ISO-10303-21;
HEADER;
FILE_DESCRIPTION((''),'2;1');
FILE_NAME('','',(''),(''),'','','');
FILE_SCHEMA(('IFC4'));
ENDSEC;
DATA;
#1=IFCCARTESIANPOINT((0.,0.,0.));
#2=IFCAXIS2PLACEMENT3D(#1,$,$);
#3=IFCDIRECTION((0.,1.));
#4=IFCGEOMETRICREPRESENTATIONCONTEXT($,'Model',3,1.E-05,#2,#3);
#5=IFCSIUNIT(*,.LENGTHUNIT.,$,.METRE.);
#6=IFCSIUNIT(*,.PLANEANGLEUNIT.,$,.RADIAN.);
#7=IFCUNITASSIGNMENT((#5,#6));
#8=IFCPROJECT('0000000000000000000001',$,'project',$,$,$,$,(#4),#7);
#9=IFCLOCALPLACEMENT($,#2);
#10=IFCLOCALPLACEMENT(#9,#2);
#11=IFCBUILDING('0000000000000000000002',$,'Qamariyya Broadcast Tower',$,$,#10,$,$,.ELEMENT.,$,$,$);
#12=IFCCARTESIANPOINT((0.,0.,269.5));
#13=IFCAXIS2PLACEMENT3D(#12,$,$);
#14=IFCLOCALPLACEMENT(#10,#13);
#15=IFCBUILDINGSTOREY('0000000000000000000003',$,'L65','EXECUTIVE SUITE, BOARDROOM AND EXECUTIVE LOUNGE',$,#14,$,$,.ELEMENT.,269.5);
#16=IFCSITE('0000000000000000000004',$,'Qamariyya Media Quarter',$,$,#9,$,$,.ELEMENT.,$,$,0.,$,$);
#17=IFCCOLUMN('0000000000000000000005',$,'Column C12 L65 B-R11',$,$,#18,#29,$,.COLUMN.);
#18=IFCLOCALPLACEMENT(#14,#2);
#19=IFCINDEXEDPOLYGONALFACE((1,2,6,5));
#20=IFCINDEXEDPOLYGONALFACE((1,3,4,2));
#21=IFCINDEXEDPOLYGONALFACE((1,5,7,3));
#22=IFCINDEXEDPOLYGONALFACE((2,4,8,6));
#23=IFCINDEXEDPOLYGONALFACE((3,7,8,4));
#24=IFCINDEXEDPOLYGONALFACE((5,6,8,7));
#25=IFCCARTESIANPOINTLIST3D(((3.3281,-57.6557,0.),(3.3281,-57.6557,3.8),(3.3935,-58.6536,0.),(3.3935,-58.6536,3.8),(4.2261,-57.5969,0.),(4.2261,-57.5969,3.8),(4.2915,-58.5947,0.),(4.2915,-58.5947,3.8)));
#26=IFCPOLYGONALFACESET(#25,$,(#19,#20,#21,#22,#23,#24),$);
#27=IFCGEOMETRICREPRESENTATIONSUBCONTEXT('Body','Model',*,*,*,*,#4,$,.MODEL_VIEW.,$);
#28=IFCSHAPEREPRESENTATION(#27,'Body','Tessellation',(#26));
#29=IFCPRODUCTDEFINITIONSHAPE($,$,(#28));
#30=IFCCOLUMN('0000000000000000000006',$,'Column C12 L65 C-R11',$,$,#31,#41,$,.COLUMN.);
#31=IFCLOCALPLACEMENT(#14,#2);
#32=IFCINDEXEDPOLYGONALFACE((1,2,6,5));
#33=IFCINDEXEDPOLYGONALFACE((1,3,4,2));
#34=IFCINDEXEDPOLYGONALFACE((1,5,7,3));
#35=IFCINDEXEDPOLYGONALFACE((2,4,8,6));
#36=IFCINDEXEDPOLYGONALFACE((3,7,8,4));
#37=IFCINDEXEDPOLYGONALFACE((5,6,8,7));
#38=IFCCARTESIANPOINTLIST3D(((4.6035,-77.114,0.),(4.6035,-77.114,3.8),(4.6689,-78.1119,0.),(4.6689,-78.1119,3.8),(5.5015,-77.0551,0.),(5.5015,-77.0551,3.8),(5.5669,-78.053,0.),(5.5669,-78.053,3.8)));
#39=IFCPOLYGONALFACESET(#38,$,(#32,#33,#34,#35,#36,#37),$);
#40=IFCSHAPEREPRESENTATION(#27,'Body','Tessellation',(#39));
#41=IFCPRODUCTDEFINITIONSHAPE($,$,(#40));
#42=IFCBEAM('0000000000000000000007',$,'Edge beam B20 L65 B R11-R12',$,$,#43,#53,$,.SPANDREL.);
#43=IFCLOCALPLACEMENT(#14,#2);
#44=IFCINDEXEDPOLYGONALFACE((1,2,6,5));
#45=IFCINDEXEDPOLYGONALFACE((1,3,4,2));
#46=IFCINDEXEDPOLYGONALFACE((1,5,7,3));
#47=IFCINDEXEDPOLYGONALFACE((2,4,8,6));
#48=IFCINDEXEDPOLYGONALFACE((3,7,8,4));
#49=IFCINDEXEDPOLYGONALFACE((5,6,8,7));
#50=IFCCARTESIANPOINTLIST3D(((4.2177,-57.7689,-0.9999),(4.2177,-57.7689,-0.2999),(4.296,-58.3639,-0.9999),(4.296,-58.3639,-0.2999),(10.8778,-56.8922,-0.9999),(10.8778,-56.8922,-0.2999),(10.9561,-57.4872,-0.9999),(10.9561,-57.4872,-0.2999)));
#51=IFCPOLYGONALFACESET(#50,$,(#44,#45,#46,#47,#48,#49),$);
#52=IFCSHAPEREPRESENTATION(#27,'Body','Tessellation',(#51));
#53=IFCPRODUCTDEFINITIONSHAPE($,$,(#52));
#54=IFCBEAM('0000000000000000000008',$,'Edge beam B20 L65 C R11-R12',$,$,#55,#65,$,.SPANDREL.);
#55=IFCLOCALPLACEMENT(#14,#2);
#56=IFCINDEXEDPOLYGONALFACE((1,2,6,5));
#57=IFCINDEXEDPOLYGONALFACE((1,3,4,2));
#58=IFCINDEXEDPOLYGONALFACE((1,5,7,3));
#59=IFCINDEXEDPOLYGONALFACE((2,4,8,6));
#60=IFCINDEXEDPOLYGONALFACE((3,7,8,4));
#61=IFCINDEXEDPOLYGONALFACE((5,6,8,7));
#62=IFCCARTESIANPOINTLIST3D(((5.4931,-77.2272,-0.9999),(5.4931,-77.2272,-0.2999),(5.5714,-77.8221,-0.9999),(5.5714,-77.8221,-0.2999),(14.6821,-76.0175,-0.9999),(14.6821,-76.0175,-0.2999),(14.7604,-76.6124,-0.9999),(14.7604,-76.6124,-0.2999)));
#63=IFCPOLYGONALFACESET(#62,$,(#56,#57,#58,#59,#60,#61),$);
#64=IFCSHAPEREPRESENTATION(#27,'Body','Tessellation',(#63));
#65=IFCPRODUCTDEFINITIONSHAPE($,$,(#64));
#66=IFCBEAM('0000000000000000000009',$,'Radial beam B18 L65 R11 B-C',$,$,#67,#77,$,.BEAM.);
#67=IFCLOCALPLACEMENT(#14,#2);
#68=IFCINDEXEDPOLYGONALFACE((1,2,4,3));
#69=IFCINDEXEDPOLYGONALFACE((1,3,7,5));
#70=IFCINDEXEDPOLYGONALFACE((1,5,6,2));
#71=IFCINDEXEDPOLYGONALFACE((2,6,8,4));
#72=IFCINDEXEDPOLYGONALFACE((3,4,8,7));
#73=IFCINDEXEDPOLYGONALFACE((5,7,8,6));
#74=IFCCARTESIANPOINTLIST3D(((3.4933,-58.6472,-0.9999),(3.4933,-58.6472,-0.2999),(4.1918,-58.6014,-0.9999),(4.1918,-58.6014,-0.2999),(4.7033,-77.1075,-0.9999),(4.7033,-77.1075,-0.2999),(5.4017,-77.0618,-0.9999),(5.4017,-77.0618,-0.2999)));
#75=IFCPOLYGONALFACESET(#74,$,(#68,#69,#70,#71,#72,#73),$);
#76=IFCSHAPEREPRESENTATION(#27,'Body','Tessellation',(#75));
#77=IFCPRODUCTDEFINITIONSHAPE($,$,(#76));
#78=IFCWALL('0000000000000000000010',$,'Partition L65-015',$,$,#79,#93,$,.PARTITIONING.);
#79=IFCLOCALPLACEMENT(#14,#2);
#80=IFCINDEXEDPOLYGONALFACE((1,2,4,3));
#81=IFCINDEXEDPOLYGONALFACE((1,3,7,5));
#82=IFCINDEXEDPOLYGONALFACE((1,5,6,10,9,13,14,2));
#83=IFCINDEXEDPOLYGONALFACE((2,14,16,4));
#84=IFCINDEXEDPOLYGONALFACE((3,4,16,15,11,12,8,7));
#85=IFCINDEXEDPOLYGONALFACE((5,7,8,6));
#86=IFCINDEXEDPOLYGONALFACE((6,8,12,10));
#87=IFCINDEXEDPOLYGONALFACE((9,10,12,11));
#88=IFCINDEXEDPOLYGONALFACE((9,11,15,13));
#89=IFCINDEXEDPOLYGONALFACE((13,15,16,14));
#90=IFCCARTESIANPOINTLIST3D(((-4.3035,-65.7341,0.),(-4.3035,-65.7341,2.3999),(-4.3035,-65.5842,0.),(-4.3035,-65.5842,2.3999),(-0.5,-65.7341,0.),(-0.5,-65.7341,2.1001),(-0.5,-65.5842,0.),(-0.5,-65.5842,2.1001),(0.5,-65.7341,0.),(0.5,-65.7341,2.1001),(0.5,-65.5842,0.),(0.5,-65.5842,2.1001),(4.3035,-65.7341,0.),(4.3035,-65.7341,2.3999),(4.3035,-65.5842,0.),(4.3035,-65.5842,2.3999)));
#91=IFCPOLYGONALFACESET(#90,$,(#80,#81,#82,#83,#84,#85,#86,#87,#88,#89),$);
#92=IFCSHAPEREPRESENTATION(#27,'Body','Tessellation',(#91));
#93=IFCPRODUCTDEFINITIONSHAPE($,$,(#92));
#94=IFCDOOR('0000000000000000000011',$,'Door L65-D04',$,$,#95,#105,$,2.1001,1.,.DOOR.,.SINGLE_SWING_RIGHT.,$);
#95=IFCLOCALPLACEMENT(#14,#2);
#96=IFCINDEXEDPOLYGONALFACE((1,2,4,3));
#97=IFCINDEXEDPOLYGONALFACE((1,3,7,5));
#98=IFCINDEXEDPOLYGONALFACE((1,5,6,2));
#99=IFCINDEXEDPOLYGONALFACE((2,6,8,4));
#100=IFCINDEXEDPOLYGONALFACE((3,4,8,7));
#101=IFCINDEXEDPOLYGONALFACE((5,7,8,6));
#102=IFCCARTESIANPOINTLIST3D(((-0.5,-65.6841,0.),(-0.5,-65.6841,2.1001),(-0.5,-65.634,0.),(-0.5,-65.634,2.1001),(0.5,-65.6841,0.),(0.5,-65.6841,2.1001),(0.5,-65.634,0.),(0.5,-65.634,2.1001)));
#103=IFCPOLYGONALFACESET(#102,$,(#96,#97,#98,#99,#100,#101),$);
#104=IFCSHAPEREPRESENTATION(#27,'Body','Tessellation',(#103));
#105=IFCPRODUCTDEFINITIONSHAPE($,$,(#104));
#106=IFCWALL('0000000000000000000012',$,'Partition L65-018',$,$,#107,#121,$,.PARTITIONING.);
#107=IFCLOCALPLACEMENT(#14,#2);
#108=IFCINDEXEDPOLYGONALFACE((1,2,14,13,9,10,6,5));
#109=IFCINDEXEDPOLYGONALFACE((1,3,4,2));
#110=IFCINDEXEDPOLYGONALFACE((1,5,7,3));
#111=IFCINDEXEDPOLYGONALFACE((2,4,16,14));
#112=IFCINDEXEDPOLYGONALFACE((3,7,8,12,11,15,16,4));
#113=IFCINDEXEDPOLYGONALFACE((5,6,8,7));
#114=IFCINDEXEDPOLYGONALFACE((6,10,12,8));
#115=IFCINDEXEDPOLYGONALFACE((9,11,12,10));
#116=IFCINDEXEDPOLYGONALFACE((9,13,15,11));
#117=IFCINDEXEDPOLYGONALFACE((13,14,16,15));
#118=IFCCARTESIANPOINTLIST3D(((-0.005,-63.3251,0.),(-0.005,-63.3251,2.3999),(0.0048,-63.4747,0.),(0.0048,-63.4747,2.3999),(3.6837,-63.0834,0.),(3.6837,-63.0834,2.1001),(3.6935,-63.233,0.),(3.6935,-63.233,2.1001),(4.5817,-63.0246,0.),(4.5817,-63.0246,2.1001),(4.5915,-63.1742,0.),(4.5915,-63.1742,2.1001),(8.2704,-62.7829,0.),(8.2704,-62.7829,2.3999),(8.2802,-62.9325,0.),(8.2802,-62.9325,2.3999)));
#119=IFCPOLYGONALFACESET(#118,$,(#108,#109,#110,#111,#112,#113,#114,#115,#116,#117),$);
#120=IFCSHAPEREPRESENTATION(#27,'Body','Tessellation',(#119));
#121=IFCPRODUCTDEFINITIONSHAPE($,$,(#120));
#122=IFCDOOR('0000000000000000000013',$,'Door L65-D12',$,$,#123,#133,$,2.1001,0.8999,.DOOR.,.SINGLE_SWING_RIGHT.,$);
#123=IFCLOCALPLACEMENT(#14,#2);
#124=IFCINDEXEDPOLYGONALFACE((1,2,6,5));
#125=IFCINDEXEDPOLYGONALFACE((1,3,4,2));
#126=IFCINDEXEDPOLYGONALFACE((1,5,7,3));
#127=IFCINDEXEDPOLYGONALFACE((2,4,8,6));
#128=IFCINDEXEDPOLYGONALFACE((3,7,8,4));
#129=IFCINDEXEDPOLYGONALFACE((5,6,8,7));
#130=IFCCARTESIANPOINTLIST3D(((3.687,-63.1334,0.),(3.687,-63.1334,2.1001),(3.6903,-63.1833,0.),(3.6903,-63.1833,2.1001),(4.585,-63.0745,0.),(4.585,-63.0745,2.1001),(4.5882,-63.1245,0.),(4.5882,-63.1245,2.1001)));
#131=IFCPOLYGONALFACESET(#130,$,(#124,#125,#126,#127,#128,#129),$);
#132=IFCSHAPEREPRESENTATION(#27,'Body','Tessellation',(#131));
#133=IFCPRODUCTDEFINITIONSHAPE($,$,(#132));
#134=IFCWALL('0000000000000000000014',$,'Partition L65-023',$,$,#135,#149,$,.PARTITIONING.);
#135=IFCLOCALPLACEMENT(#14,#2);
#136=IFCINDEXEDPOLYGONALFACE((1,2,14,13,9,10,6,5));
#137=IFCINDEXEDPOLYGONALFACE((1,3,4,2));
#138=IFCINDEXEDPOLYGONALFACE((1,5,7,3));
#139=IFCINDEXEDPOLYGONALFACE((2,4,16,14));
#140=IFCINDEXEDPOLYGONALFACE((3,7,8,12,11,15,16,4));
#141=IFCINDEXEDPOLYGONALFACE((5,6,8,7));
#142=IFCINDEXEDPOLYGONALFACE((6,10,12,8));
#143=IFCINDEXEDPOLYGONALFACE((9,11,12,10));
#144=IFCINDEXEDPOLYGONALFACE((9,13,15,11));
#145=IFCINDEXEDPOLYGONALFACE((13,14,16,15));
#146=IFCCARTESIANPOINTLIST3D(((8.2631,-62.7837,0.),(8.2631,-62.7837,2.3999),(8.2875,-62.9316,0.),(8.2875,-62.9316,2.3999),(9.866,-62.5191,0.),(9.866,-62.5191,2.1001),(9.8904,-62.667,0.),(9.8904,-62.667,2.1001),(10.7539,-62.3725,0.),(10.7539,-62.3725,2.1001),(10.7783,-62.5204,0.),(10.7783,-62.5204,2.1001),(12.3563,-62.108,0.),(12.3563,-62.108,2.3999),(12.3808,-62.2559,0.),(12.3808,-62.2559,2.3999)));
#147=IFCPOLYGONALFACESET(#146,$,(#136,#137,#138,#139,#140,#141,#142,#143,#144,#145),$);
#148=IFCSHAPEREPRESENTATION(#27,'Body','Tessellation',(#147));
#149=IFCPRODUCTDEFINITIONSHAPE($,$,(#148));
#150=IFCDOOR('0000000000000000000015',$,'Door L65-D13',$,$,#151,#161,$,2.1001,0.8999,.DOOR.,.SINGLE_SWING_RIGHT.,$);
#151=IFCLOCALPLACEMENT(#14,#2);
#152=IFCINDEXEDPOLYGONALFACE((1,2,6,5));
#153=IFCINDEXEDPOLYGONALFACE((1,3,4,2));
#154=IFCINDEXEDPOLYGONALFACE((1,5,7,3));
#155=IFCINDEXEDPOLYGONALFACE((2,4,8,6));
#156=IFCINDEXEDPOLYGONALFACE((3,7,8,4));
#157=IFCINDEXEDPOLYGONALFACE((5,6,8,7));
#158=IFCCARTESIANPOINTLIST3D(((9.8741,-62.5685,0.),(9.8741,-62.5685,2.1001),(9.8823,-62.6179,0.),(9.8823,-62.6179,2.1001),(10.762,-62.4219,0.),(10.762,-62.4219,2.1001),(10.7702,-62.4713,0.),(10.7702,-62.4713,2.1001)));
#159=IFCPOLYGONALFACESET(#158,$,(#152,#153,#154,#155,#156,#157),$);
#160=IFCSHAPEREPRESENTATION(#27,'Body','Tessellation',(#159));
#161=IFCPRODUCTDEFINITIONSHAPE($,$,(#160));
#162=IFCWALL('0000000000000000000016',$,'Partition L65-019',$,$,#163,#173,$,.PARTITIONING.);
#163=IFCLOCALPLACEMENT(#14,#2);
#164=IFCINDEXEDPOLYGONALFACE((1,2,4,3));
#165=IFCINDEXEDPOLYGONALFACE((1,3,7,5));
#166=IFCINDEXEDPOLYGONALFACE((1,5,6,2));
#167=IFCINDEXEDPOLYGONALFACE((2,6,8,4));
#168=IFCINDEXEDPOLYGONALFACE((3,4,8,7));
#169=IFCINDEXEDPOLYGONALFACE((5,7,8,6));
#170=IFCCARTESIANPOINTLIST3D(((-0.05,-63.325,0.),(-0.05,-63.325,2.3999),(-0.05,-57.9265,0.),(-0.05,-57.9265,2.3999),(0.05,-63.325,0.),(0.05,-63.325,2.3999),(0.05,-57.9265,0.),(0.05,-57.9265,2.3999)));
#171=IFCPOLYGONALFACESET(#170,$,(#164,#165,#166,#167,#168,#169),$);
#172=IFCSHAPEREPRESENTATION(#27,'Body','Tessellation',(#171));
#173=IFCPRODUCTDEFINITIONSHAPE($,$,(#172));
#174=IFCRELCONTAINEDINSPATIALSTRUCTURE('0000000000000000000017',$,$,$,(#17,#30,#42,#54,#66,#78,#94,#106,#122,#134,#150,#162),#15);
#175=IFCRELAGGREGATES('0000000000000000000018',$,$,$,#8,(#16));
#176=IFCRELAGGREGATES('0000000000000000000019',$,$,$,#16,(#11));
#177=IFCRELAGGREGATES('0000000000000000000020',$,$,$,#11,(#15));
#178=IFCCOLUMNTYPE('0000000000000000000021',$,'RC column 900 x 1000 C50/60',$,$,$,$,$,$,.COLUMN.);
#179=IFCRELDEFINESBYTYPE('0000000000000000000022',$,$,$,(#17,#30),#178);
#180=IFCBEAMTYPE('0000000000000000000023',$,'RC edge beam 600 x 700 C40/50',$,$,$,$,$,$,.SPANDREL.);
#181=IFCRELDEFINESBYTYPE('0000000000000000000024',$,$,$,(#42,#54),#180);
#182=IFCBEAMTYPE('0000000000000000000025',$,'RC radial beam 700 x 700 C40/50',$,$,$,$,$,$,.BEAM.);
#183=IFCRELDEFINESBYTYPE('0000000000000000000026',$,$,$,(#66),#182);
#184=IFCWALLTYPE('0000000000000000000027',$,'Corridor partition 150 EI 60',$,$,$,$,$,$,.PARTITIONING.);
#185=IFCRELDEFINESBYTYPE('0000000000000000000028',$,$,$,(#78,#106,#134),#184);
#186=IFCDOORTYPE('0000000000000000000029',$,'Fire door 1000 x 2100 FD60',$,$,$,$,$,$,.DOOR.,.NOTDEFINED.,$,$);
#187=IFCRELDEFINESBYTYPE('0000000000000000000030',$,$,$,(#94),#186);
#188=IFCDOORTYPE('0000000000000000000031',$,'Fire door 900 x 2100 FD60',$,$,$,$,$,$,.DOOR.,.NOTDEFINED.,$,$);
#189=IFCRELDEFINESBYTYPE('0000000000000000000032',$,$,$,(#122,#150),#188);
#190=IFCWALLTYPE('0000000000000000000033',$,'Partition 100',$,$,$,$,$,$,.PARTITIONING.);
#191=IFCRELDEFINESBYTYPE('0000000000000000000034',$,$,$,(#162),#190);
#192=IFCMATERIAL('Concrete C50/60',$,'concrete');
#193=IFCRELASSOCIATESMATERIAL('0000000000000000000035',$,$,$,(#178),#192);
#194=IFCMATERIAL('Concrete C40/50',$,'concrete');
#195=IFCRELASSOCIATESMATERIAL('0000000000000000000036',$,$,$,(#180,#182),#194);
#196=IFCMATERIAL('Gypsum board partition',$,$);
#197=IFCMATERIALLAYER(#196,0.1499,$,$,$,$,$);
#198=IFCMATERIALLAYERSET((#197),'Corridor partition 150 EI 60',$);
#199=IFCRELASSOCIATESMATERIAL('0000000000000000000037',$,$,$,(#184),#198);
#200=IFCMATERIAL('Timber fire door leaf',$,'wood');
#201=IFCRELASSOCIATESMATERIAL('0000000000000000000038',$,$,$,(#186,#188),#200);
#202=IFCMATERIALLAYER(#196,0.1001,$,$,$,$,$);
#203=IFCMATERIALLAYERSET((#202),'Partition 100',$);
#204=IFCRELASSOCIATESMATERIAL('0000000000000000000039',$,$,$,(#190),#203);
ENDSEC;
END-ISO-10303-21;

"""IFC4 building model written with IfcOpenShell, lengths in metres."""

from ifc_helpers import new_model, si_unit, direction, frame, frame_2d, origin, origin_2d, place, context, subcontext, project, spatial, rectangle, extrude, material, layer, layer_set, material_profile, profile_set, type_object, element, fill, save


model = new_model("IFC4")

# Units and contexts
model_context = context("Model", 3, precision=1e-05, world=origin(), true_north=direction((0.0, 1.0)))
body_context = subcontext(model_context, "Body", "Model", "MODEL_VIEW")
ifc_project = project(units=[si_unit("LENGTHUNIT", "METRE"), si_unit("PLANEANGLEUNIT", "RADIAN")], contexts=[model_context])

# Site, building, storey
site_placement = place(None, origin())
site = spatial("IfcSite", under=ifc_project, at=site_placement, Name="Qamariyya Media Quarter", CompositionType="ELEMENT", RefElevation=0.0)
building_placement = place(site_placement, origin())
building = spatial("IfcBuilding", under=site, at=building_placement, Name="Qamariyya Broadcast Tower", CompositionType="ELEMENT")
storey_placement = place(building_placement, frame((0.0, 0.0, 269.5)))
storey = spatial("IfcBuildingStorey", under=building, at=storey_placement, Name="L65", Description="EXECUTIVE SUITE, BOARDROOM AND EXECUTIVE LOUNGE", CompositionType="ELEMENT", Elevation=269.5)

# Columns
ifc_material_1 = material(Name="Concrete C50/60", Category="concrete")
ifc_material_profile_1 = material_profile(ifc_material_1, rectangle(XDim=0.8999, YDim=1.0, at=origin_2d()))
ifc_profile_set_1 = profile_set([ifc_material_profile_1], Name="Concrete C50/60")
column_type = type_object("IfcColumnType", Name="RC column 900 x 1000 C50/60", PredefinedType="COLUMN", material=ifc_profile_set_1)
for number, where, z_axis, x_axis, name in (
    (1, (3.8098, -58.1252, 0.0), (0.0, 0.0, 1.0), (0.997859, 0.065403, 0.0), "Column C12 L65 B-R11"),
    (2, (5.0852, -77.5835, 0.0), (0.0, 0.0, 1.0), (0.997859, 0.065403, 0.0), "Column C12 L65 C-R11"),
):
    element("IfcColumn", number, at=place(storey_placement, frame(where, z_axis=z_axis, x_axis=x_axis)), inside=storey, type_object=column_type, Name=name, PredefinedType="COLUMN", context=body_context, shape_type="SweptSolid", body=[
        extrude(rectangle(XDim=0.8999, YDim=1.0, at=origin_2d()), origin(), (0.0, 0.0, 1.0), 3.8),
    ])

# Beams
ifc_material_2 = material(Name="Concrete C40/50", Category="concrete")
ifc_material_profile_2 = material_profile(ifc_material_2, rectangle(XDim=0.6001, YDim=0.7, at=origin_2d()))
ifc_profile_set_2 = profile_set([ifc_material_profile_2], Name="Concrete C40/50")
beam_type_1 = type_object("IfcBeamType", Name="RC edge beam 600 x 700 C40/50", PredefinedType="SPANDREL", material=ifc_profile_set_2)
beam_1_placement = place(storey_placement, frame((4.2568, -58.0664, -0.6499), z_axis=(0.991447, 0.130509, 0.0), x_axis=(-0.130509, 0.991447, 0.0)))
element("IfcBeam", 3, at=beam_1_placement, inside=storey, type_object=beam_type_1, Name="Edge beam B20 L65 B R11-R12", PredefinedType="SPANDREL", context=body_context, shape_type="SweptSolid", body=[
    extrude(rectangle(XDim=0.6001, YDim=0.7, at=origin_2d()), origin(), (0.0, 0.0, 1.0), 6.7175),
])
beam_2_placement = place(storey_placement, frame((5.5322, -77.5247, -0.6499), z_axis=(0.991445, 0.130523, 0.0), x_axis=(-0.130523, 0.991445, 0.0)))
element("IfcBeam", 4, at=beam_2_placement, inside=storey, type_object=beam_type_1, Name="Edge beam B20 L65 C R11-R12", PredefinedType="SPANDREL", context=body_context, shape_type="SweptSolid", body=[
    extrude(rectangle(XDim=0.6001, YDim=0.7, at=origin_2d()), origin(), (0.0, 0.0, 1.0), 9.2683),
])
ifc_material_profile_3 = material_profile(ifc_material_2, rectangle(XDim=0.7, YDim=0.7, at=origin_2d()))
ifc_profile_set_3 = profile_set([ifc_material_profile_3], Name="Concrete C40/50")
beam_type_2 = type_object("IfcBeamType", Name="RC radial beam 700 x 700 C40/50", PredefinedType="BEAM", material=ifc_profile_set_3)
beam_3_placement = place(storey_placement, frame((3.8425, -58.6243, -0.6499), z_axis=(0.065403, -0.997859, 0.0), x_axis=(0.997859, 0.065403, 0.0)))
element("IfcBeam", 5, at=beam_3_placement, inside=storey, type_object=beam_type_2, Name="Radial beam B18 L65 R11 B-C", PredefinedType="BEAM", context=body_context, shape_type="SweptSolid", body=[
    extrude(rectangle(XDim=0.7, YDim=0.7, at=origin_2d()), origin(), (0.0, 0.0, 1.0), 18.5),
])

# Walls, openings, doors
ifc_material_3 = material(Name="Gypsum board partition")
ifc_layer_1 = layer(ifc_material_3, 0.1499)
ifc_layer_set_1 = layer_set([ifc_layer_1], Name="Corridor partition 150 EI 60")
wall_type_1 = type_object("IfcWallType", Name="Corridor partition 150 EI 60", PredefinedType="PARTITIONING", material=ifc_layer_set_1)
wall_1_placement = place(storey_placement, frame((4.3035, -65.6592, 0.0), z_axis=(0.0, 0.0, 1.0), x_axis=(-1.0, 0.0, 0.0)))
wall_1 = element("IfcWall", 6, at=wall_1_placement, inside=storey, type_object=wall_type_1, Name="Partition L65-015", PredefinedType="PARTITIONING", context=body_context, shape_type="SweptSolid", body=[
    extrude(rectangle(XDim=8.6069, YDim=0.1499, at=frame_2d((4.3035, 0.0))), origin(), (0.0, 0.0, 1.0), 2.3999),
])
opening_1_placement = place(wall_1_placement, frame((3.8035, 0.0, 0.0)))
opening_1 = element("IfcOpeningElement", 7, at=opening_1_placement, cuts=wall_1, PredefinedType="OPENING", context=body_context, shape_type="SweptSolid", body=[
    extrude(rectangle(XDim=1.0, YDim=2.1001, at=frame_2d((0.5, 1.05))), frame((0.0, 0.085, 0.0), z_axis=(0.0, -1.0, 0.0), x_axis=(1.0, 0.0, 0.0)), (0.0, 0.0, 1.0), 0.1699),
])
ifc_material_4 = material(Name="Timber fire door leaf", Category="wood")
door_type_1 = type_object("IfcDoorType", Name="Fire door 1000 x 2100 FD60", OperationType="NOTDEFINED", PredefinedType="DOOR", material=ifc_material_4)
door_1_placement = place(opening_1_placement, origin())
door_1 = element("IfcDoor", 8, at=door_1_placement, inside=storey, type_object=door_type_1, Name="Door L65-D04", OperationType="SINGLE_SWING_RIGHT", OverallHeight=2.1001, OverallWidth=1.0, PredefinedType="DOOR", context=body_context, shape_type="SweptSolid", body=[
    extrude(rectangle(XDim=1.0, YDim=2.1001, at=frame_2d((0.5, 1.05))), frame((0.0, 0.0249, 0.0), z_axis=(0.0, -1.0, 0.0), x_axis=(1.0, 0.0, 0.0)), (0.0, 0.0, 1.0), 0.05),
])
fill(opening_1, door_1)
wall_2_placement = place(storey_placement, frame((0.0, -63.3999, 0.0), z_axis=(0.0, 0.0, 1.0), x_axis=(0.99786, 0.065384, 0.0)))
wall_2 = element("IfcWall", 9, at=wall_2_placement, inside=storey, type_object=wall_type_1, Name="Partition L65-018", PredefinedType="PARTITIONING", context=body_context, shape_type="SweptSolid", body=[
    extrude(rectangle(XDim=8.2932, YDim=0.1499, at=frame_2d((4.1465, 0.0))), origin(), (0.0, 0.0, 1.0), 2.3999),
])
opening_2_placement = place(wall_2_placement, frame((3.6965, 0.0, 0.0)))
opening_2 = element("IfcOpeningElement", 10, at=opening_2_placement, cuts=wall_2, PredefinedType="OPENING", context=body_context, shape_type="SweptSolid", body=[
    extrude(rectangle(XDim=0.8999, YDim=2.1001, at=frame_2d((0.45, 1.05))), frame((0.0, 0.085, 0.0), z_axis=(0.0, -1.0, 0.0), x_axis=(1.0, 0.0, 0.0)), (0.0, 0.0, 1.0), 0.1699),
])
door_type_2 = type_object("IfcDoorType", Name="Fire door 900 x 2100 FD60", OperationType="NOTDEFINED", PredefinedType="DOOR", material=ifc_material_4)
door_2_placement = place(opening_2_placement, origin())
door_2 = element("IfcDoor", 11, at=door_2_placement, inside=storey, type_object=door_type_2, Name="Door L65-D12", OperationType="SINGLE_SWING_RIGHT", OverallHeight=2.1001, OverallWidth=0.8999, PredefinedType="DOOR", context=body_context, shape_type="SweptSolid", body=[
    extrude(rectangle(XDim=0.8999, YDim=2.1001, at=frame_2d((0.45, 1.05))), frame((0.0, 0.0249, 0.0), z_axis=(0.0, -1.0, 0.0), x_axis=(1.0, 0.0, 0.0)), (0.0, 0.0, 1.0), 0.05),
])
fill(opening_2, door_2)
wall_3_placement = place(storey_placement, frame((8.2754, -62.8577, 0.0), z_axis=(0.0, 0.0, 1.0), x_axis=(0.986644, 0.162891, 0.0)))
wall_3 = element("IfcWall", 12, at=wall_3_placement, inside=storey, type_object=wall_type_1, Name="Partition L65-023", PredefinedType="PARTITIONING", context=body_context, shape_type="SweptSolid", body=[
    extrude(rectangle(XDim=4.1487, YDim=0.1499, at=frame_2d((2.0742, 0.0))), origin(), (0.0, 0.0, 1.0), 2.3999),
])
opening_3_placement = place(wall_3_placement, frame((1.6245, 0.0, 0.0)))
opening_3 = element("IfcOpeningElement", 13, at=opening_3_placement, cuts=wall_3, PredefinedType="OPENING", context=body_context, shape_type="SweptSolid", body=[
    extrude(rectangle(XDim=0.8999, YDim=2.1001, at=frame_2d((0.45, 1.05))), frame((0.0, 0.085, 0.0), z_axis=(0.0, -1.0, 0.0), x_axis=(1.0, 0.0, 0.0)), (0.0, 0.0, 1.0), 0.1699),
])
door_3_placement = place(opening_3_placement, origin())
door_3 = element("IfcDoor", 14, at=door_3_placement, inside=storey, type_object=door_type_2, Name="Door L65-D13", OperationType="SINGLE_SWING_RIGHT", OverallHeight=2.1001, OverallWidth=0.8999, PredefinedType="DOOR", context=body_context, shape_type="SweptSolid", body=[
    extrude(rectangle(XDim=0.8999, YDim=2.1001, at=frame_2d((0.45, 1.05))), frame((0.0, 0.0249, 0.0), z_axis=(0.0, -1.0, 0.0), x_axis=(1.0, 0.0, 0.0)), (0.0, 0.0, 1.0), 0.05),
])
fill(opening_3, door_3)

# Wall
ifc_layer_2 = layer(ifc_material_3, 0.1001)
ifc_layer_set_2 = layer_set([ifc_layer_2], Name="Partition 100")
wall_type_2 = type_object("IfcWallType", Name="Partition 100", PredefinedType="PARTITIONING", material=ifc_layer_set_2)
wall_4_placement = place(storey_placement, frame((0.0, -57.9265, 0.0), z_axis=(0.0, 0.0, 1.0), x_axis=(0.0, -1.0, 0.0)))
element("IfcWall", 15, at=wall_4_placement, inside=storey, type_object=wall_type_2, Name="Partition L65-019", PredefinedType="PARTITIONING", context=body_context, shape_type="SweptSolid", body=[
    extrude(rectangle(XDim=5.3984, YDim=0.1001, at=frame_2d((2.6992, 0.0))), origin(), (0.0, 0.0, 1.0), 2.3999),
])

save(model, "model.ifc")
